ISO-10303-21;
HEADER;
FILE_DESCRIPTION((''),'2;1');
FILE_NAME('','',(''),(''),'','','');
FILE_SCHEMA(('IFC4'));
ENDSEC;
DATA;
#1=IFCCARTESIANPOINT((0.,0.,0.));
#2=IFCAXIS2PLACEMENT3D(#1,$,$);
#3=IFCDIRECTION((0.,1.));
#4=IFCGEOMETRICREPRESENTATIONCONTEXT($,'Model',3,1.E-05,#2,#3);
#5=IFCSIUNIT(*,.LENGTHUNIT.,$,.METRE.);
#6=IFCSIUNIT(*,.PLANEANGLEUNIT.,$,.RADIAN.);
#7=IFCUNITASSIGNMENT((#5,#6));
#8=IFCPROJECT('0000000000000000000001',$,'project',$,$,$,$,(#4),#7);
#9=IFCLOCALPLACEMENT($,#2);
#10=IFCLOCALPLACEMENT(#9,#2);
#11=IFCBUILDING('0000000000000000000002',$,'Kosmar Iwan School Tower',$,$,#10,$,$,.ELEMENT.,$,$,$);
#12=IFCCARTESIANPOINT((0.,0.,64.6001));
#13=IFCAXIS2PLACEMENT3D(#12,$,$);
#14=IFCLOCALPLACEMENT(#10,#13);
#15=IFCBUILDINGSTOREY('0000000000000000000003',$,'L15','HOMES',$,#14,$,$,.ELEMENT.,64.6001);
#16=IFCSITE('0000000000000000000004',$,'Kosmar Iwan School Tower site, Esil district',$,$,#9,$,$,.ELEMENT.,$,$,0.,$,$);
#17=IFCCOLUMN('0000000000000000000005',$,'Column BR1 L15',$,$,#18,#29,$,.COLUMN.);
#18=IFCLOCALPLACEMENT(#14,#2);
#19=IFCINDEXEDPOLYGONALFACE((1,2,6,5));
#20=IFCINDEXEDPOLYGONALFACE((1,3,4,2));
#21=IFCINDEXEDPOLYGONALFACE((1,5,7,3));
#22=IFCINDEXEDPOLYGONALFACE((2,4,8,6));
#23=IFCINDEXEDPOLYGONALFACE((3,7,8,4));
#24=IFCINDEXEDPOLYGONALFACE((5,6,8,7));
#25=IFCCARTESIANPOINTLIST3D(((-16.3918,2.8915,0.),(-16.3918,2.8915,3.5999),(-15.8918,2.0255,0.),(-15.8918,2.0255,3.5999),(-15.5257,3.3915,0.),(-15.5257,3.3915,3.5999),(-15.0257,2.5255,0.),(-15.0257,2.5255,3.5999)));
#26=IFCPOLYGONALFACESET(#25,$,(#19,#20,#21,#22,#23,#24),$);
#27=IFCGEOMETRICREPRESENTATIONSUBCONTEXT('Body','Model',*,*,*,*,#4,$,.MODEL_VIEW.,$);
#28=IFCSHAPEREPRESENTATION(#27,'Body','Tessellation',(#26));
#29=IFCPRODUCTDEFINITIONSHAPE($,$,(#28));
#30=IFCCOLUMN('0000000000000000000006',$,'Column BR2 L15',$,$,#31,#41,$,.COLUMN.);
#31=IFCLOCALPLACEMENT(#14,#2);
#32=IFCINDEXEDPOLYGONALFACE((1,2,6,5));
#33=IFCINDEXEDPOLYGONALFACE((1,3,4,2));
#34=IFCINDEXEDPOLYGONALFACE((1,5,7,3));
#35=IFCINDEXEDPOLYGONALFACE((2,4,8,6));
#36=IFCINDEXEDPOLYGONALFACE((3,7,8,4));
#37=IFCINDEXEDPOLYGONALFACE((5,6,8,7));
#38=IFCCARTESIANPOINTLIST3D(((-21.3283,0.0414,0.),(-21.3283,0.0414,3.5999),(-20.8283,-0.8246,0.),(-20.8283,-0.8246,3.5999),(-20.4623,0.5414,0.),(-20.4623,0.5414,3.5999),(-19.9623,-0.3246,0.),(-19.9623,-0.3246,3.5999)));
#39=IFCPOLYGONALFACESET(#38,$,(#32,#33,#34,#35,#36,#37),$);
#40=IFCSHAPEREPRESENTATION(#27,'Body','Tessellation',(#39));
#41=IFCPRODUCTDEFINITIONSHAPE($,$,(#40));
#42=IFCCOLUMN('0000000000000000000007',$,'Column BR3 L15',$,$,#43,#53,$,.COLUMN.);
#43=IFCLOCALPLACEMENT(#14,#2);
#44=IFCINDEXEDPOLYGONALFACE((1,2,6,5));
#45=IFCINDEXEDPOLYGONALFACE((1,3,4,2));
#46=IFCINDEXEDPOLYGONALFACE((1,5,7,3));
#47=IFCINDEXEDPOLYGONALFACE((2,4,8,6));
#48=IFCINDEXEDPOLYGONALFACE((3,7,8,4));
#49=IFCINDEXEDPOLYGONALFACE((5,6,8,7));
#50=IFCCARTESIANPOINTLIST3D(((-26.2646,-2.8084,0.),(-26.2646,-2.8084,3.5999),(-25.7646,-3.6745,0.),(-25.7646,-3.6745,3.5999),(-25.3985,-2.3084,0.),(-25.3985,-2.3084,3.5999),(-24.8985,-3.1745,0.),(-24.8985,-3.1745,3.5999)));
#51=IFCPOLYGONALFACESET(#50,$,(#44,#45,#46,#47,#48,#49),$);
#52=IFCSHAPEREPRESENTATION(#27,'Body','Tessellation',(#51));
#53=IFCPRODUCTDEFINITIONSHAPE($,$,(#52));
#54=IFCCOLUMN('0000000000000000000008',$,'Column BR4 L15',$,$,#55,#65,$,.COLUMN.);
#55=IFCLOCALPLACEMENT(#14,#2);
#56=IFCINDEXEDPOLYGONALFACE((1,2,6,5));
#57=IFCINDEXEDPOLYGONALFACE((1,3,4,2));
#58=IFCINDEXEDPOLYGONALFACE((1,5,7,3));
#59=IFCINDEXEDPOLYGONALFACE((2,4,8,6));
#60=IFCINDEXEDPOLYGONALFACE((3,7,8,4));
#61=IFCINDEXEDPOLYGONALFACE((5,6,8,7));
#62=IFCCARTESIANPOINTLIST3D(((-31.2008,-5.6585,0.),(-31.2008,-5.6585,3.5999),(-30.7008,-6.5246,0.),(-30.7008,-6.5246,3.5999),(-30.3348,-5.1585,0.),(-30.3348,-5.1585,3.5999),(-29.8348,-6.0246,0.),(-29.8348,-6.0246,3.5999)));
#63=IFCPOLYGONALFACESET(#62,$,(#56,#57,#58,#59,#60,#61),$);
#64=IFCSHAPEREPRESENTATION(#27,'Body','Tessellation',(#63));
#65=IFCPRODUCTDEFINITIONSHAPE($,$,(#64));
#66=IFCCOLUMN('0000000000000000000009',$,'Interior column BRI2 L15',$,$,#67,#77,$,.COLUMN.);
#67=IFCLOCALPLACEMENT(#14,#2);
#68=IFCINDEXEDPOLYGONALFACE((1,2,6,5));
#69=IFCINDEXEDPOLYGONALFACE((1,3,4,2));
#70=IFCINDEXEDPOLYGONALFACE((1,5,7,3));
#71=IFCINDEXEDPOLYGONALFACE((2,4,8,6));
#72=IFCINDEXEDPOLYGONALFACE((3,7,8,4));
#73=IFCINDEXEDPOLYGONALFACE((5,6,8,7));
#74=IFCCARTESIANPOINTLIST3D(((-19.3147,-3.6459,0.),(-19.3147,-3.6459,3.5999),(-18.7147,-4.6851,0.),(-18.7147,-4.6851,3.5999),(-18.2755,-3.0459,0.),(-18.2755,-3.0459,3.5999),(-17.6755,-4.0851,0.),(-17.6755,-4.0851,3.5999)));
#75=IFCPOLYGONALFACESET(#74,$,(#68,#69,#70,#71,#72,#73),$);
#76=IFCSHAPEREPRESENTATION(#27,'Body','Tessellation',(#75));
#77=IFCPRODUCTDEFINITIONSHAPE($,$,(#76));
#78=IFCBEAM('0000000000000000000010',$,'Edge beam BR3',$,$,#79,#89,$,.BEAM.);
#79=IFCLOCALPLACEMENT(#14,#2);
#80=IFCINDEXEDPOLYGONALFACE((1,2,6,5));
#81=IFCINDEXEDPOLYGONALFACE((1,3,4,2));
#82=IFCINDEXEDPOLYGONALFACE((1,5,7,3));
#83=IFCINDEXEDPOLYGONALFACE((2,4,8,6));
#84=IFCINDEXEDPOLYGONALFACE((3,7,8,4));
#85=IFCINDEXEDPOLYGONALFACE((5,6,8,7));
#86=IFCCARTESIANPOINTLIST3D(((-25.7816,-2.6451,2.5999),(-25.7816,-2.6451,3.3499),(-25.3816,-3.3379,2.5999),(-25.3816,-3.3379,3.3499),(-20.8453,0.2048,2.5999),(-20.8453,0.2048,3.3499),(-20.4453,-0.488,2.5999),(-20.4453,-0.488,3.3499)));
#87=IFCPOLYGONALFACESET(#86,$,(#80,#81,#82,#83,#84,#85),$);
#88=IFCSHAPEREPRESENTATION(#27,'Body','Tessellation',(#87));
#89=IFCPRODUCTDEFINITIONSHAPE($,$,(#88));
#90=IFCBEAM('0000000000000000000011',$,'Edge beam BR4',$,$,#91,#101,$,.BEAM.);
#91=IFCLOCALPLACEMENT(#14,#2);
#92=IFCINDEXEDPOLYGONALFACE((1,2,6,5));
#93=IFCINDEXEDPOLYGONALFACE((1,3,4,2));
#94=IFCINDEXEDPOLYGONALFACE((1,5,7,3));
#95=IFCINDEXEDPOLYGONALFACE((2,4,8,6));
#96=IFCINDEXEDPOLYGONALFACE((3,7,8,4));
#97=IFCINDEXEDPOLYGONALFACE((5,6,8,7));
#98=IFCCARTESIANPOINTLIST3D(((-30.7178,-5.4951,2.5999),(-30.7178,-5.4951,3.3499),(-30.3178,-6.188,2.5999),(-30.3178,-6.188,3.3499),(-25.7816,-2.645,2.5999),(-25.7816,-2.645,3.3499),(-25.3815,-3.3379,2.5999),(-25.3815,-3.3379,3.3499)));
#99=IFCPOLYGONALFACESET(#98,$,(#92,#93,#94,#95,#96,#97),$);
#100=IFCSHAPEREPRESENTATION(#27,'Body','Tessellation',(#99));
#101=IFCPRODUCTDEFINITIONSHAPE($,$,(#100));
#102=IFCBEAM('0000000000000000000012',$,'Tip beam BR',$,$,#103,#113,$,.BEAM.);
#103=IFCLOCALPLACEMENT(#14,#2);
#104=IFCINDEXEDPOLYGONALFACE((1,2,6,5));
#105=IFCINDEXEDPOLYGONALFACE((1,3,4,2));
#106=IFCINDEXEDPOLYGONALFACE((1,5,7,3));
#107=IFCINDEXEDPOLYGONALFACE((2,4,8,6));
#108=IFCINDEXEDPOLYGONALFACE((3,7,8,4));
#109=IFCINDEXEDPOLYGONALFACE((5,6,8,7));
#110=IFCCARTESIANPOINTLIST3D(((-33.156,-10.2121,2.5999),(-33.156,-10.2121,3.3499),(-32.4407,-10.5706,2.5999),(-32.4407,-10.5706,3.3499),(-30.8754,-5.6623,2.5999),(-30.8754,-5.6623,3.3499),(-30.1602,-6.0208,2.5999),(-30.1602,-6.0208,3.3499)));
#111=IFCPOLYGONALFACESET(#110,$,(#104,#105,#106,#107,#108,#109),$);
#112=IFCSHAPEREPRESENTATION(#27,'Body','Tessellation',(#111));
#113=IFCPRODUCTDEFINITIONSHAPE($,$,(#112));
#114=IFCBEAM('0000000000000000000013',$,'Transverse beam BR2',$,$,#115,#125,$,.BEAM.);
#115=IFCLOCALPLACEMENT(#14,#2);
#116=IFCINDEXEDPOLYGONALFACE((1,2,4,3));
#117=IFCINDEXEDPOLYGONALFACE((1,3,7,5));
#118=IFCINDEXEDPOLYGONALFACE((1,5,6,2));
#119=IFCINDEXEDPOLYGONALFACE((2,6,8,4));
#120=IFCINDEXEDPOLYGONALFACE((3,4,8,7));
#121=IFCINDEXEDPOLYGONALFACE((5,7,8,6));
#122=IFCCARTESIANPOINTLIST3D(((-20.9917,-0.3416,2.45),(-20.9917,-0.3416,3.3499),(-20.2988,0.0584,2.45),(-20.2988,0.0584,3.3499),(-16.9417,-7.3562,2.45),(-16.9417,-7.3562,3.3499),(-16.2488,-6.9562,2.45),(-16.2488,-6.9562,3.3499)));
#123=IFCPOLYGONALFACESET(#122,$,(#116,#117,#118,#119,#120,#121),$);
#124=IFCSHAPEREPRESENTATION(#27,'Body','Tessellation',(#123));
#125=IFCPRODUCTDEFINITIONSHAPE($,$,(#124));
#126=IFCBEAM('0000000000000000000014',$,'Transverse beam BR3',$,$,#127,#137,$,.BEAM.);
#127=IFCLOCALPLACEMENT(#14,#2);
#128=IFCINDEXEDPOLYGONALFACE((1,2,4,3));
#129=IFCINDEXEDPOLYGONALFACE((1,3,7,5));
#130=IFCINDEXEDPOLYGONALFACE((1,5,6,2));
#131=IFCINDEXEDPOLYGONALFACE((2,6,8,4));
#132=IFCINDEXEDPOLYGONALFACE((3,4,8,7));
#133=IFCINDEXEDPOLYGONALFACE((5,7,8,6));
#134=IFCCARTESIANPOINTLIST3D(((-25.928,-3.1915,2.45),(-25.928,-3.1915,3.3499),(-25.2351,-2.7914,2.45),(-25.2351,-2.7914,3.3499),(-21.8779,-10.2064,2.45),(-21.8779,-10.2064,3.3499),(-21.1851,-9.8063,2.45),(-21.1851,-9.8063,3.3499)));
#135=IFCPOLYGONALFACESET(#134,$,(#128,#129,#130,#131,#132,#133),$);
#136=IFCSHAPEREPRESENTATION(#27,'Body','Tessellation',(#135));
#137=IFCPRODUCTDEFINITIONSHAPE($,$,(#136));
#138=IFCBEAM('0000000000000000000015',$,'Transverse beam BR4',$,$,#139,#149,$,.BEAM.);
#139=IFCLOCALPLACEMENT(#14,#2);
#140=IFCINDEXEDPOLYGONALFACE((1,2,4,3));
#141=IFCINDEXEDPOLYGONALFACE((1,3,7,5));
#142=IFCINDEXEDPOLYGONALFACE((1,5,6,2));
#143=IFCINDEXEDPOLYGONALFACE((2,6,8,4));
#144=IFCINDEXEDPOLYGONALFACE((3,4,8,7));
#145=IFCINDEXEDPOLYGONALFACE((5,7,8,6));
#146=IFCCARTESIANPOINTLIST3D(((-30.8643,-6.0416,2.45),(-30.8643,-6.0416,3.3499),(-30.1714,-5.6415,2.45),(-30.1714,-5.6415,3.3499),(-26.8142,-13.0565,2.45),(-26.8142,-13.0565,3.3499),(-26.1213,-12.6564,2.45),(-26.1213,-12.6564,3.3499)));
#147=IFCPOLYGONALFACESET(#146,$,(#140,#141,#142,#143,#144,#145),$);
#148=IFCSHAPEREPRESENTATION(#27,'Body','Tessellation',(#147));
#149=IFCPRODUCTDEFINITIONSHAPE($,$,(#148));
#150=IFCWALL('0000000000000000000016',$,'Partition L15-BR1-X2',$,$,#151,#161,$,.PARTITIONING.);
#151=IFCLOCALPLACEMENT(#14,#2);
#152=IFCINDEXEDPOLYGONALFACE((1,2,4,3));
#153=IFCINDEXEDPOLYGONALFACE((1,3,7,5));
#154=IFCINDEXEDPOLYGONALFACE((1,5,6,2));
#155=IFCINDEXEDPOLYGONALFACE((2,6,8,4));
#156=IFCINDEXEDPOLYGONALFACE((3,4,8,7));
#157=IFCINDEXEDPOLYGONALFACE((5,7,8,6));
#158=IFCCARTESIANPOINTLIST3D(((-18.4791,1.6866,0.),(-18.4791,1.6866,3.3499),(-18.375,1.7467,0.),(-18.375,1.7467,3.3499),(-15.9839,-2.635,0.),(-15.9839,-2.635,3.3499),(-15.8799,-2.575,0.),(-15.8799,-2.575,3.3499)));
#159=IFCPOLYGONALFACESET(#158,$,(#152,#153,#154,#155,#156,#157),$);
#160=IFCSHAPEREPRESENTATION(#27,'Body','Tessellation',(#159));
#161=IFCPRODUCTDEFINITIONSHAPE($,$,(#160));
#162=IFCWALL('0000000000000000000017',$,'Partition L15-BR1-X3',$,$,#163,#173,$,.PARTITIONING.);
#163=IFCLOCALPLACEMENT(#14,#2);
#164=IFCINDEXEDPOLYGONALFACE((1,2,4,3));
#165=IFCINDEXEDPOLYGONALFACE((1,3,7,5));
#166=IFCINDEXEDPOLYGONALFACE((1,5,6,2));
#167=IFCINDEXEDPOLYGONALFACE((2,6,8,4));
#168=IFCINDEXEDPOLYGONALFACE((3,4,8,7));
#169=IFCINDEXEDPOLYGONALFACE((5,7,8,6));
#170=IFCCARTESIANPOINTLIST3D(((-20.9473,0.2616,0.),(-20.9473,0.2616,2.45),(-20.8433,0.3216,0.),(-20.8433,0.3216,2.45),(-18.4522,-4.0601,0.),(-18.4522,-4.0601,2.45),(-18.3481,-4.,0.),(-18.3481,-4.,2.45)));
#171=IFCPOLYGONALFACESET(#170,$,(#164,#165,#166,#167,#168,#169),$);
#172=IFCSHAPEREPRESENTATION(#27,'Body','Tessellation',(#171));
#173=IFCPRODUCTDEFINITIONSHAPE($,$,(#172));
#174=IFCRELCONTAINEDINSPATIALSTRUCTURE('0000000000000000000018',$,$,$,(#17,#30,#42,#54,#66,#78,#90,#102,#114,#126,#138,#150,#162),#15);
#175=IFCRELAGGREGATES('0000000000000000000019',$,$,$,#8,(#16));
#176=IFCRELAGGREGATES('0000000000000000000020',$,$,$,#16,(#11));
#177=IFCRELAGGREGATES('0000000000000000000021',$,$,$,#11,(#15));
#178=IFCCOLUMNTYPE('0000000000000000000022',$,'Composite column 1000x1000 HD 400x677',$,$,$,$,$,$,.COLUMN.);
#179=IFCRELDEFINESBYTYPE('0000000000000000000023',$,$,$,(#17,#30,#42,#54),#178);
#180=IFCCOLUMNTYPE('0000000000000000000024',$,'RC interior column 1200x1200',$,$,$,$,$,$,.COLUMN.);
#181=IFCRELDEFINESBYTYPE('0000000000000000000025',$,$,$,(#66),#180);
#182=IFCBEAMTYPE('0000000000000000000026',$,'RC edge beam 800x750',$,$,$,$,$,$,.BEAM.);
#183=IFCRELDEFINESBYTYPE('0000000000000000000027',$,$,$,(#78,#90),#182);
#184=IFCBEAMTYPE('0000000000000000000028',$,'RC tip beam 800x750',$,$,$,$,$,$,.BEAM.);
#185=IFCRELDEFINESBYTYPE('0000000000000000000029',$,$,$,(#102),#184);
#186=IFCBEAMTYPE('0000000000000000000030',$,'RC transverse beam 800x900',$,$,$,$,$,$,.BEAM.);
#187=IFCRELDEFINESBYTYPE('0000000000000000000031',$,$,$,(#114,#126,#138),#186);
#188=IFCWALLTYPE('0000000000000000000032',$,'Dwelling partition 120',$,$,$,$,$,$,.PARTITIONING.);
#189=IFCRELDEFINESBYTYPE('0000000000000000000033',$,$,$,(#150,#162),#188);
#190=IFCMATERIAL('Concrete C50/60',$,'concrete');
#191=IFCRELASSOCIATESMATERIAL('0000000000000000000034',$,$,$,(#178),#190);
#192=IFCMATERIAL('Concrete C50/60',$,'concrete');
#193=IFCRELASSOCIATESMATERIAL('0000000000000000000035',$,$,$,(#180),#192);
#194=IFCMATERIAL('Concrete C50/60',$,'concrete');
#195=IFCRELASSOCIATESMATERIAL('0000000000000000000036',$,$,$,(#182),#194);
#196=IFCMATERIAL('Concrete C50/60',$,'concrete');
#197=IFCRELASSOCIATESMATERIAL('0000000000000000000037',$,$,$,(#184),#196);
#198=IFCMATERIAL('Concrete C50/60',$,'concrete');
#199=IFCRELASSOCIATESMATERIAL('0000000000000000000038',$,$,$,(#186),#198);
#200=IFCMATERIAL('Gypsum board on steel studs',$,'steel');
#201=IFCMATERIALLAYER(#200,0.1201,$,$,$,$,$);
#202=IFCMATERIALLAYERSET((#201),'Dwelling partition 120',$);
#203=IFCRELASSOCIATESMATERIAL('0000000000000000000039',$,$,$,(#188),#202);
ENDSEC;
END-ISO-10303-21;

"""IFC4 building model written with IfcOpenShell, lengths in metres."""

from ifc_helpers import new_model, si_unit, direction, frame, frame_2d, origin, origin_2d, place, context, subcontext, project, spatial, rectangle, extrude, material, layer, layer_set, material_profile, profile_set, type_object, element, save


model = new_model("IFC4")

# Units and contexts
model_context = context("Model", 3, precision=1e-05, world=origin(), true_north=direction((0.0, 1.0)))
body_context = subcontext(model_context, "Body", "Model", "MODEL_VIEW")
ifc_project = project(units=[si_unit("LENGTHUNIT", "METRE"), si_unit("PLANEANGLEUNIT", "RADIAN")], contexts=[model_context])

# Site, building, storey
site_placement = place(None, origin())
site = spatial("IfcSite", under=ifc_project, at=site_placement, Name="Kosmar Iwan School Tower site, Esil district", CompositionType="ELEMENT", RefElevation=0.0)
building_placement = place(site_placement, origin())
building = spatial("IfcBuilding", under=site, at=building_placement, Name="Kosmar Iwan School Tower", CompositionType="ELEMENT")
storey_placement = place(building_placement, frame((0.0, 0.0, 64.6001)))
storey = spatial("IfcBuildingStorey", under=building, at=storey_placement, Name="L15", Description="HOMES", CompositionType="ELEMENT", Elevation=64.6001)

# Columns
ifc_material_1 = material(Name="Concrete C50/60", Category="concrete")
ifc_material_profile_1 = material_profile(ifc_material_1, rectangle(XDim=1.0, YDim=1.0, at=origin_2d()), Name="RC 1000x1000 + HD 400x677")
ifc_profile_set_1 = profile_set([ifc_material_profile_1], Name="Concrete C50/60")
column_type_1 = type_object("IfcColumnType", Name="Composite column 1000x1000 HD 400x677", PredefinedType="COLUMN", material=ifc_profile_set_1)
for number, where, z_axis, x_axis, name in (
    (1, (-15.7087, 2.7085, 0.0), (0.0, 0.0, 1.0), (-0.866025, -0.5, 0.0), "Column BR1 L15"),
    (2, (-20.6453, -0.1416, 0.0), (0.0, 0.0, 1.0), (-0.866025, -0.5, 0.0), "Column BR2 L15"),
    (3, (-25.5815, -2.9915, 0.0), (0.0, 0.0, 1.0), (-0.866025, -0.5, 0.0), "Column BR3 L15"),
    (4, (-30.5178, -5.8416, 0.0), (0.0, 0.0, 1.0), (-0.866025, -0.5, 0.0), "Column BR4 L15"),
):
    element("IfcColumn", number, at=place(storey_placement, frame(where, z_axis=z_axis, x_axis=x_axis)), inside=storey, type_object=column_type_1, Name=name, PredefinedType="COLUMN", context=body_context, shape_type="SweptSolid", body=[
        extrude(rectangle(XDim=1.0, YDim=1.0, at=origin_2d()), origin(), (0.0, 0.0, 1.0), 3.5999),
    ])
ifc_material_2 = material(Name="Concrete C50/60", Category="concrete")
ifc_material_profile_2 = material_profile(ifc_material_2, rectangle(XDim=1.2, YDim=1.2, at=origin_2d()), Name="RC 1200x1200")
ifc_profile_set_2 = profile_set([ifc_material_profile_2], Name="Concrete C50/60")
column_type_2 = type_object("IfcColumnType", Name="RC interior column 1200x1200", PredefinedType="COLUMN", material=ifc_profile_set_2)
column_placement = place(storey_placement, frame((-18.4951, -3.8655, 0.0), z_axis=(0.0, 0.0, 1.0), x_axis=(-0.866025, -0.5, 0.0)))
element("IfcColumn", 5, at=column_placement, inside=storey, type_object=column_type_2, Name="Interior column BRI2 L15", PredefinedType="COLUMN", context=body_context, shape_type="SweptSolid", body=[
    extrude(rectangle(XDim=1.2, YDim=1.2, at=origin_2d()), origin(), (0.0, 0.0, 1.0), 3.5999),
])

# Beams
ifc_material_3 = material(Name="Concrete C50/60", Category="concrete")
ifc_material_profile_3 = material_profile(ifc_material_3, rectangle(XDim=0.8, YDim=0.75, at=origin_2d()), Name="RC 800x750")
ifc_profile_set_3 = profile_set([ifc_material_profile_3], Name="Concrete C50/60")
beam_type_1 = type_object("IfcBeamType", Name="RC edge beam 800x750", PredefinedType="BEAM", material=ifc_profile_set_3)
for number, where, z_axis, x_axis, name in (
    (6, (-20.6453, -0.1416, 2.9749), (-0.866034, -0.499986, 0.0), (0.499986, -0.866034, 0.0), "Edge beam BR3"),
    (7, (-25.5815, -2.9915, 2.9749), (-0.866015, -0.500018, 0.0), (0.500018, -0.866015, 0.0), "Edge beam BR4"),
):
    element("IfcBeam", number, at=place(storey_placement, frame(where, z_axis=z_axis, x_axis=x_axis)), inside=storey, type_object=beam_type_1, Name=name, PredefinedType="BEAM", context=body_context, shape_type="SweptSolid", body=[
        extrude(rectangle(XDim=0.8, YDim=0.75, at=origin_2d()), origin(), (0.0, 0.0, 1.0), 5.7),
    ])
ifc_material_4 = material(Name="Concrete C50/60", Category="concrete")
ifc_material_profile_4 = material_profile(ifc_material_4, rectangle(XDim=0.8, YDim=0.75, at=origin_2d()), Name="RC 800x750")
ifc_profile_set_4 = profile_set([ifc_material_profile_4], Name="Concrete C50/60")
beam_type_2 = type_object("IfcBeamType", Name="RC tip beam 800x750", PredefinedType="BEAM", material=ifc_profile_set_4)
beam_1_placement = place(storey_placement, frame((-30.5178, -5.8416, 2.9749), z_axis=(-0.448096, -0.893985, 0.0), x_axis=(0.893985, -0.448096, 0.0)))
element("IfcBeam", 8, at=beam_1_placement, inside=storey, type_object=beam_type_2, Name="Tip beam BR", PredefinedType="BEAM", context=body_context, shape_type="SweptSolid", body=[
    extrude(rectangle(XDim=0.8, YDim=0.75, at=origin_2d()), origin(), (0.0, 0.0, 1.0), 5.0894),
])
ifc_material_5 = material(Name="Concrete C50/60", Category="concrete")
ifc_material_profile_5 = material_profile(ifc_material_5, rectangle(XDim=0.8, YDim=0.8999, at=origin_2d()), Name="RC 800x900")
ifc_profile_set_5 = profile_set([ifc_material_profile_5], Name="Concrete C50/60")
beam_type_3 = type_object("IfcBeamType", Name="RC transverse beam 800x900", PredefinedType="BEAM", material=ifc_profile_set_5)
beam_2_placement = place(storey_placement, frame((-20.6453, -0.1416, 2.8999), z_axis=(0.500013, -0.866018, 0.0), x_axis=(0.866018, 0.500013, 0.0)))
element("IfcBeam", 9, at=beam_2_placement, inside=storey, type_object=beam_type_3, Name="Transverse beam BR2", PredefinedType="BEAM", context=body_context, shape_type="SweptSolid", body=[
    extrude(rectangle(XDim=0.8, YDim=0.8999, at=origin_2d()), origin(), (0.0, 0.0, 1.0), 8.0999),
])
for number, where, z_axis, x_axis, name in (
    (10, (-25.5815, -2.9915, 2.8999), (0.5, -0.866025, 0.0), (0.866025, 0.5, 0.0), "Transverse beam BR3"),
    (11, (-30.5178, -5.8416, 2.8999), (0.5, -0.866025, 0.0), (0.866025, 0.5, 0.0), "Transverse beam BR4"),
):
    element("IfcBeam", number, at=place(storey_placement, frame(where, z_axis=z_axis, x_axis=x_axis)), inside=storey, type_object=beam_type_3, Name=name, PredefinedType="BEAM", context=body_context, shape_type="SweptSolid", body=[
        extrude(rectangle(XDim=0.8, YDim=0.8999, at=origin_2d()), origin(), (0.0, 0.0, 1.0), 8.1001),
    ])

# Walls
ifc_material_6 = material(Name="Gypsum board on steel studs", Category="steel")
ifc_layer = layer(ifc_material_6, 0.1201)
ifc_layer_set = layer_set([ifc_layer], Name="Dwelling partition 120")
wall_type = type_object("IfcWallType", Name="Dwelling partition 120", PredefinedType="PARTITIONING", material=ifc_layer_set)
wall_1_placement = place(storey_placement, frame((-15.9319, -2.605, 0.0), z_axis=(0.0, 0.0, 1.0), x_axis=(-0.500012, 0.866019, 0.0)))
element("IfcWall", 12, at=wall_1_placement, inside=storey, type_object=wall_type, Name="Partition L15-BR1-X2", PredefinedType="PARTITIONING", context=body_context, shape_type="SweptSolid", body=[
    extrude(rectangle(XDim=4.9902, YDim=0.1201, at=frame_2d((2.4951, 0.0))), origin(), (0.0, 0.0, 1.0), 3.3499),
])
wall_2_placement = place(storey_placement, frame((-18.4001, -4.03, 0.0), z_axis=(0.0, 0.0, 1.0), x_axis=(-0.500012, 0.866019, 0.0)))
element("IfcWall", 13, at=wall_2_placement, inside=storey, type_object=wall_type, Name="Partition L15-BR1-X3", PredefinedType="PARTITIONING", context=body_context, shape_type="SweptSolid", body=[
    extrude(rectangle(XDim=4.9902, YDim=0.1201, at=frame_2d((2.4951, 0.0))), origin(), (0.0, 0.0, 1.0), 2.45),
])

save(model, "model.ifc")
